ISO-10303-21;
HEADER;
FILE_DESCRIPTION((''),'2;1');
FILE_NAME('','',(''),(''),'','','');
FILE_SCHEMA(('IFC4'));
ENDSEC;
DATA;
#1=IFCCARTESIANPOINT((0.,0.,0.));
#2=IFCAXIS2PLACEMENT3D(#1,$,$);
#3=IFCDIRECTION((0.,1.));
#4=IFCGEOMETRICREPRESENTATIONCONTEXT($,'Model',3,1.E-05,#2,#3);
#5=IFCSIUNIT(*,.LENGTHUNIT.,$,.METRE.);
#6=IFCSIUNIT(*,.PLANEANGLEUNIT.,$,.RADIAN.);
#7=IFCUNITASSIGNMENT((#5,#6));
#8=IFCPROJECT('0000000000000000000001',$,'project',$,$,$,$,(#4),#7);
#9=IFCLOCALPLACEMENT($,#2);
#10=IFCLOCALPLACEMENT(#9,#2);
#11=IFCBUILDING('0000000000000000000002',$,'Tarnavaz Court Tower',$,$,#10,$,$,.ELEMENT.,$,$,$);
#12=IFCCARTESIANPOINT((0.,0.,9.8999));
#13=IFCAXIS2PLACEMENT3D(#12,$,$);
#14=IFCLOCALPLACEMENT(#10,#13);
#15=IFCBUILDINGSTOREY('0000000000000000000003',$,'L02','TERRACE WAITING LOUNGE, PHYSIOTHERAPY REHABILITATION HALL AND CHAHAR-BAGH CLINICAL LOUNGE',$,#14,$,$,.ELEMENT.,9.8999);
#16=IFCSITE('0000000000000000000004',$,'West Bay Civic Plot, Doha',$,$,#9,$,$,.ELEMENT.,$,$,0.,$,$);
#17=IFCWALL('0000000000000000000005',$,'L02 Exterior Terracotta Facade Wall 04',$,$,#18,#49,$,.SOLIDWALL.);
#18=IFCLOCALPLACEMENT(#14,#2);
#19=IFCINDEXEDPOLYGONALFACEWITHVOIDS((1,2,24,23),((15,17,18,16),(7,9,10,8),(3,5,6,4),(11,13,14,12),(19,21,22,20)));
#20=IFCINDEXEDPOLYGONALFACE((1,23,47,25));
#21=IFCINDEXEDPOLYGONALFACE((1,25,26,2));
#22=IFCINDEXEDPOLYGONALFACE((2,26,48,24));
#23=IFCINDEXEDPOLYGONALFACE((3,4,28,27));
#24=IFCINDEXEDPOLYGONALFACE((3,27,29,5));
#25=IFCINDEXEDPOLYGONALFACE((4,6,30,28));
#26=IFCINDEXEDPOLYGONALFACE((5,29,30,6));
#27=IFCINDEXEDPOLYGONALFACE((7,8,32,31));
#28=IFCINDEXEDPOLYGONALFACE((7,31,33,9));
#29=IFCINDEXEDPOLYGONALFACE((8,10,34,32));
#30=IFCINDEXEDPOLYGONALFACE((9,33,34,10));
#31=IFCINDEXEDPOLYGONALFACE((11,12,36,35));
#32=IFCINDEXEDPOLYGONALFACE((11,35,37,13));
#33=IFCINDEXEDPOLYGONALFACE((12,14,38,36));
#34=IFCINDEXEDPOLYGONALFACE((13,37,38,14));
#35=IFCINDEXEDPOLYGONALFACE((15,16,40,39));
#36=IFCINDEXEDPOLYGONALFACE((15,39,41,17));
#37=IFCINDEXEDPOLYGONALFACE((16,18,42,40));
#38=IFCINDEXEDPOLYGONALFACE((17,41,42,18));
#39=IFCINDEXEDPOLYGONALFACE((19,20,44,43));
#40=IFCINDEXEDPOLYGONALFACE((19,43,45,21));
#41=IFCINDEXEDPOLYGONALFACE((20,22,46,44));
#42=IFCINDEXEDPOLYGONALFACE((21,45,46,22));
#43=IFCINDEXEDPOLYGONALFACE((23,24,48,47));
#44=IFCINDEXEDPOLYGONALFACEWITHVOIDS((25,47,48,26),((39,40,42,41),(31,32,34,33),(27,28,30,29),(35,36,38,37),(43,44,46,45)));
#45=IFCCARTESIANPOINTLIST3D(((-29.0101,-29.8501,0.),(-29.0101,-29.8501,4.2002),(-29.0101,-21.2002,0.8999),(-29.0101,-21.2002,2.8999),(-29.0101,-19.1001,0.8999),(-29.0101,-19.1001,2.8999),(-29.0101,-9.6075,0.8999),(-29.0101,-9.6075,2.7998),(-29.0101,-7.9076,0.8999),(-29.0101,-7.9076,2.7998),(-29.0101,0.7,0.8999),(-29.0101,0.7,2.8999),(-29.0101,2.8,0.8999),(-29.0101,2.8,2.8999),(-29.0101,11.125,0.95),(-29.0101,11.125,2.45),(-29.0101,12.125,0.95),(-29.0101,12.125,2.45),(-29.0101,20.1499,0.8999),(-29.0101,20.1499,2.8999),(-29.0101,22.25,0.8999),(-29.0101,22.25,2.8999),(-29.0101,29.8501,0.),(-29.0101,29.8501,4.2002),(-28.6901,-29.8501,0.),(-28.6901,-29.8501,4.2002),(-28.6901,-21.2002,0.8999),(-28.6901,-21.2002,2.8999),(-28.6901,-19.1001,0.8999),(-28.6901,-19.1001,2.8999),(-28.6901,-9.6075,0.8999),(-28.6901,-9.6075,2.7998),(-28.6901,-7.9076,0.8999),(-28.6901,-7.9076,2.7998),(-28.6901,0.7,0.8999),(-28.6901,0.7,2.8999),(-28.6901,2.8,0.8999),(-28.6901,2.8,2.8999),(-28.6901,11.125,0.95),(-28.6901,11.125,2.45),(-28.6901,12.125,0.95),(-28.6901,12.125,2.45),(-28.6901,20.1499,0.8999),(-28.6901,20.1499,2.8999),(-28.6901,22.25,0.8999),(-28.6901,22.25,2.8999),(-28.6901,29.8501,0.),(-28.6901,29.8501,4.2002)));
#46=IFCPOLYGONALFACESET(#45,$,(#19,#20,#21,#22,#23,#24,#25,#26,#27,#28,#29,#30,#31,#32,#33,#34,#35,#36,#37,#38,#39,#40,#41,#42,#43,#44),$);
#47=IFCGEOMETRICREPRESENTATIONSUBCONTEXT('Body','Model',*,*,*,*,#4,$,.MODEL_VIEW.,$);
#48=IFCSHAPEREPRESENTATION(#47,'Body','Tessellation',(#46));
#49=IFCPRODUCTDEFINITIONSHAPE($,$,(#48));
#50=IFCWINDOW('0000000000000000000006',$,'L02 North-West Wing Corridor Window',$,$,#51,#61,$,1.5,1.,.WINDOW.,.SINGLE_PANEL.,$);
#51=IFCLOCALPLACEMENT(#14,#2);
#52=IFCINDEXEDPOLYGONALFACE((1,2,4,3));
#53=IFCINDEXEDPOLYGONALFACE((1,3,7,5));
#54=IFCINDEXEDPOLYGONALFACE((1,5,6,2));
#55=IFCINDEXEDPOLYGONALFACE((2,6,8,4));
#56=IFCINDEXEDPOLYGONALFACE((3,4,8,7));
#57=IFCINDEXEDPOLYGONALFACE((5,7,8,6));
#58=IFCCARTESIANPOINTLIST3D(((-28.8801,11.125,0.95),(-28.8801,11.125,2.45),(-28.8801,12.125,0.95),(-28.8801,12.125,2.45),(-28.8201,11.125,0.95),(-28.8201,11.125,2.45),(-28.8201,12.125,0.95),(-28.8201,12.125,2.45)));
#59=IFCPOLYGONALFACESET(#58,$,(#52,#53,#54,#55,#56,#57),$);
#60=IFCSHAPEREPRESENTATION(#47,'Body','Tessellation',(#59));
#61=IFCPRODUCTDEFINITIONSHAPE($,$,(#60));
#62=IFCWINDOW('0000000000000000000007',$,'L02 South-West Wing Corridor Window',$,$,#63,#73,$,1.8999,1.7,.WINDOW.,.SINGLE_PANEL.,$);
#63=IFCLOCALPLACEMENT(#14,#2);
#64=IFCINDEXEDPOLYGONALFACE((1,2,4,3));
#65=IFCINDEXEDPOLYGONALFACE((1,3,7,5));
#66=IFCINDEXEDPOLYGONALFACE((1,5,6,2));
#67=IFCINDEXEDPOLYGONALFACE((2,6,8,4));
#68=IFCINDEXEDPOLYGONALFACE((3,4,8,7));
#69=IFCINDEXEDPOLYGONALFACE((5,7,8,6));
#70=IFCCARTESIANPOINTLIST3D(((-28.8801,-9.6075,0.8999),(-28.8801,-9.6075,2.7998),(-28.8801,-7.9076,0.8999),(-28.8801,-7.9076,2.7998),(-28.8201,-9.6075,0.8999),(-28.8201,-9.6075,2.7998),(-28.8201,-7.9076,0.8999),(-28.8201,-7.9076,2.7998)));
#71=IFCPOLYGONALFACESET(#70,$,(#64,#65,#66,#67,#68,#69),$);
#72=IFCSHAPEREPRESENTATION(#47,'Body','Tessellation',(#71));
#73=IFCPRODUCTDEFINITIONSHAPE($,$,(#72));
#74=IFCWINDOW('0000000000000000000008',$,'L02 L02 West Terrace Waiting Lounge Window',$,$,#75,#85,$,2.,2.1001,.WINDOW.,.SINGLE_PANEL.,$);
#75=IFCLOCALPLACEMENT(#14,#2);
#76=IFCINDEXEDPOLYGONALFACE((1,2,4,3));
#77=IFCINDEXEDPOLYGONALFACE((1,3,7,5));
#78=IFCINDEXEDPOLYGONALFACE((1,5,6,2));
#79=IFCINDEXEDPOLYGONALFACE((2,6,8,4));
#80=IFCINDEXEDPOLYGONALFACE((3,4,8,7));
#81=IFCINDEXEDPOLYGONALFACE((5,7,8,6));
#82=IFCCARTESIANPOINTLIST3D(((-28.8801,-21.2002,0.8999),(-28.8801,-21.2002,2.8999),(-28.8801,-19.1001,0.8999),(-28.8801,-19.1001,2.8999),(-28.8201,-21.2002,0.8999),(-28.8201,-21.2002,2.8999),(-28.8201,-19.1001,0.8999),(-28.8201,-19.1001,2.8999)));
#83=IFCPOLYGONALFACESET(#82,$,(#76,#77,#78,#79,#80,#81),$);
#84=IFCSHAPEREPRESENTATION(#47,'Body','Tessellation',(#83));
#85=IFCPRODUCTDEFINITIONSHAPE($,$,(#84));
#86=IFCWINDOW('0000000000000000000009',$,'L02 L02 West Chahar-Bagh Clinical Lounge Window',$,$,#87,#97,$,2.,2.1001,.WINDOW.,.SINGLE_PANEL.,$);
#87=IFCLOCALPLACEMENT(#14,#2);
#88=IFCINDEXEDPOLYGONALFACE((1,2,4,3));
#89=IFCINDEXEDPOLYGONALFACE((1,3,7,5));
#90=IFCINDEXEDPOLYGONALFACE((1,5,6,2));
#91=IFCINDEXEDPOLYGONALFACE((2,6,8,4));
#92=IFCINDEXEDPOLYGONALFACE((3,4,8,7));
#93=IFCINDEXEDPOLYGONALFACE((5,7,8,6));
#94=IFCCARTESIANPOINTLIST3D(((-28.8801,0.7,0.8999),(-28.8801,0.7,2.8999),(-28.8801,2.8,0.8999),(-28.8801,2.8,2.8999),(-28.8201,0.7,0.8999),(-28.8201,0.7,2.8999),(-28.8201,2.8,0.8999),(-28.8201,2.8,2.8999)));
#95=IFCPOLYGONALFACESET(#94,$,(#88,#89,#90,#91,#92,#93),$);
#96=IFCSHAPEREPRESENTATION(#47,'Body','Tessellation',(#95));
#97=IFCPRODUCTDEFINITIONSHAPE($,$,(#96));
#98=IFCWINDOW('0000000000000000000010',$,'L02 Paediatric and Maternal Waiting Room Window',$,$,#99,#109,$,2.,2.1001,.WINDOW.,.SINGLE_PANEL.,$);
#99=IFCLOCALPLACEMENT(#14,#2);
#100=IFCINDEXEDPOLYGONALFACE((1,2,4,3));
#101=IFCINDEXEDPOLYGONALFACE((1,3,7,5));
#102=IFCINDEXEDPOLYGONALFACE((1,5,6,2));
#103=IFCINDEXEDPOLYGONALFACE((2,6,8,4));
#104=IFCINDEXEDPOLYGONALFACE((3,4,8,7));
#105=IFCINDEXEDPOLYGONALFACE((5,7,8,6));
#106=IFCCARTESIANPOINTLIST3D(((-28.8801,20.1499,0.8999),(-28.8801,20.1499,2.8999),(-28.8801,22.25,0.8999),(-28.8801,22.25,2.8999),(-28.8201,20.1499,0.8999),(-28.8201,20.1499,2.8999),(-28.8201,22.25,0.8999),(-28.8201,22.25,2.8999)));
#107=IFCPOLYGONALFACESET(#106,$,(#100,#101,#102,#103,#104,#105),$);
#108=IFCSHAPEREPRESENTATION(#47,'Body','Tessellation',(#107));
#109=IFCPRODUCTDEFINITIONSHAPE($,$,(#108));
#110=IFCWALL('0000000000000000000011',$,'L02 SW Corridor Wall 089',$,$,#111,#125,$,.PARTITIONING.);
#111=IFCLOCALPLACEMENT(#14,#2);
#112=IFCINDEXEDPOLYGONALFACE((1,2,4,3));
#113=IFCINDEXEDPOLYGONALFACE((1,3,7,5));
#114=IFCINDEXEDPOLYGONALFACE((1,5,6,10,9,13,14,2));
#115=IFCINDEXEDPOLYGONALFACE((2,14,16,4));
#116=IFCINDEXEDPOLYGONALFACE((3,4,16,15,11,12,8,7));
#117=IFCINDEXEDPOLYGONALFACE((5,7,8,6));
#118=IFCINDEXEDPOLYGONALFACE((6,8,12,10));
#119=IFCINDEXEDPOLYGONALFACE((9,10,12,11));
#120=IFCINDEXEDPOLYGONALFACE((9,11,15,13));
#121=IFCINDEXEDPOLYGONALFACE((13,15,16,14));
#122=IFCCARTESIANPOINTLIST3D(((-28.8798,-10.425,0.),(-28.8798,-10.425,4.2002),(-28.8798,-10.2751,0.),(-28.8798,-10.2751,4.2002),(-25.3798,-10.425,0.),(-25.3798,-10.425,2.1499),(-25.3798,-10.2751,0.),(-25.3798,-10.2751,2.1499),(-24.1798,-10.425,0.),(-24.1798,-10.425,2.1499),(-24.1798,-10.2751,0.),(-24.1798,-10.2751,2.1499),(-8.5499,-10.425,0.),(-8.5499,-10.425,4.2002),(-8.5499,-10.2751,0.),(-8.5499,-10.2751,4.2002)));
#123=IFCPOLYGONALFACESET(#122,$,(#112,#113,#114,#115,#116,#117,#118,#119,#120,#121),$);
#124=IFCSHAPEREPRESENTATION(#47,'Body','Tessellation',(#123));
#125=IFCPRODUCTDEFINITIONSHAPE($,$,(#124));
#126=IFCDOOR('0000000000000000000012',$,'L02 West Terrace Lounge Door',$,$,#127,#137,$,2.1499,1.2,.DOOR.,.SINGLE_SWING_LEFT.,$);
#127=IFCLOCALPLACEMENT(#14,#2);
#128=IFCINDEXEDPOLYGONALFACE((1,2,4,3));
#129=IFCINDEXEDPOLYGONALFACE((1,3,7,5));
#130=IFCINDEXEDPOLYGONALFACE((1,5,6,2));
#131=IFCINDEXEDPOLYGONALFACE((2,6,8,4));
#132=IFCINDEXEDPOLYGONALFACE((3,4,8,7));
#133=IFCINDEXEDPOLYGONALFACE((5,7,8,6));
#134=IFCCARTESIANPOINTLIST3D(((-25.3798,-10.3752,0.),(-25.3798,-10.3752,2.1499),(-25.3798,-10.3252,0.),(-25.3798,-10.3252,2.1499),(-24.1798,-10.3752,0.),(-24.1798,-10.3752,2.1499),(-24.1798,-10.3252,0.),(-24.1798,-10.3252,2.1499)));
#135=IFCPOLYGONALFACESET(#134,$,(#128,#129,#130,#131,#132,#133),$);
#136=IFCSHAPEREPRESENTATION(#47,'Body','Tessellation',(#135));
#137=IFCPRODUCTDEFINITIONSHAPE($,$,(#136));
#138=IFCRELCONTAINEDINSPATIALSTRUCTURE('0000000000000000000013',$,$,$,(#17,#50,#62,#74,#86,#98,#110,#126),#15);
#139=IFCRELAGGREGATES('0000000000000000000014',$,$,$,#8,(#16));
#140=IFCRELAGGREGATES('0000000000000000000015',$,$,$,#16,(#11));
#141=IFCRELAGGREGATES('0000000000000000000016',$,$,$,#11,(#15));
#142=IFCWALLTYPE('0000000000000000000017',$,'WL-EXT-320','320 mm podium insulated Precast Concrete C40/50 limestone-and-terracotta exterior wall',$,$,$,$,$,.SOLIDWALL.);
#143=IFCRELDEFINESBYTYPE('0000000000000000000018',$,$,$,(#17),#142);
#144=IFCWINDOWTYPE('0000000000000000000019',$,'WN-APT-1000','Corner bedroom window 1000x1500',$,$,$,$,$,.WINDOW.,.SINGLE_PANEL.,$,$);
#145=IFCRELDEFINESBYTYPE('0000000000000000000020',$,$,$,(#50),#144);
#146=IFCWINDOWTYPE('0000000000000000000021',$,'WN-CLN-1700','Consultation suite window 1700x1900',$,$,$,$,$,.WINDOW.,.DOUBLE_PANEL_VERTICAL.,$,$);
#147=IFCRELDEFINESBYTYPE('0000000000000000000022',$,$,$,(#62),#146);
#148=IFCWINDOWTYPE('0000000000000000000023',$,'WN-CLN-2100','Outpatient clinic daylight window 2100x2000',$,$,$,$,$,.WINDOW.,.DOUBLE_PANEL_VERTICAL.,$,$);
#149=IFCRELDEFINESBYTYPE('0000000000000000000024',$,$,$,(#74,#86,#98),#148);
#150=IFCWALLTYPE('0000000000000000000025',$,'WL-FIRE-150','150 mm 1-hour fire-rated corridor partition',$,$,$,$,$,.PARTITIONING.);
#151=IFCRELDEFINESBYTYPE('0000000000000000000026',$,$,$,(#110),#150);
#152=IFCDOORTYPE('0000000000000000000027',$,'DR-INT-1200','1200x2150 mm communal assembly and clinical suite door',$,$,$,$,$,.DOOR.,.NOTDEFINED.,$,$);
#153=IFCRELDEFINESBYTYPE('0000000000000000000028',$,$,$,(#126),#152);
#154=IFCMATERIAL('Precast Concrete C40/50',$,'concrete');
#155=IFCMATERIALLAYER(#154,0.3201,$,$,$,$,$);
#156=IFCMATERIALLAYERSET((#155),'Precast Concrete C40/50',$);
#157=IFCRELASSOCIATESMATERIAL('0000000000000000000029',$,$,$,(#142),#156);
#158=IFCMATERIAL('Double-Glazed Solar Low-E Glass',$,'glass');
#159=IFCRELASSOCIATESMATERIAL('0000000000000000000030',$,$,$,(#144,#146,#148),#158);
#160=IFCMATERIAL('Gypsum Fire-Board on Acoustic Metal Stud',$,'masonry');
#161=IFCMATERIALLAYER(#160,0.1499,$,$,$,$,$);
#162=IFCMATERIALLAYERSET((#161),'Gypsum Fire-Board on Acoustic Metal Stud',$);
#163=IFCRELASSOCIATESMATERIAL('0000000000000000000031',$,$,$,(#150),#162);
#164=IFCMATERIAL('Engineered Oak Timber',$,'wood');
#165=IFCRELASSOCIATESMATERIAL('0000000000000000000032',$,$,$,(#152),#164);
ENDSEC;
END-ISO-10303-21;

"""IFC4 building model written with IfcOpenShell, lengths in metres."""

from ifc_helpers import new_model, si_unit, direction, frame, frame_2d, origin, place, context, subcontext, project, spatial, rectangle, extrude, material, layer, layer_set, type_object, element, fill, save


model = new_model("IFC4")

# Units and contexts
model_context = context("Model", 3, precision=1e-05, world=origin(), true_north=direction((0.0, 1.0)))
body_context = subcontext(model_context, "Body", "Model", "MODEL_VIEW")
ifc_project = project(units=[si_unit("LENGTHUNIT", "METRE"), si_unit("PLANEANGLEUNIT", "RADIAN")], contexts=[model_context])

# Site, building, storey
site_placement = place(None, origin())
site = spatial("IfcSite", under=ifc_project, at=site_placement, Name="West Bay Civic Plot, Doha", CompositionType="ELEMENT", RefElevation=0.0)
building_placement = place(site_placement, origin())
building = spatial("IfcBuilding", under=site, at=building_placement, Name="Tarnavaz Court Tower", CompositionType="ELEMENT")
storey_placement = place(building_placement, frame((0.0, 0.0, 9.8999)))
storey = spatial("IfcBuildingStorey", under=building, at=storey_placement, Name="L02", Description="TERRACE WAITING LOUNGE, PHYSIOTHERAPY REHABILITATION HALL AND CHAHAR-BAGH CLINICAL LOUNGE", CompositionType="ELEMENT", Elevation=9.8999)

# Shared definitions
ifc_material_1 = material(Name="Double-Glazed Solar Low-E Glass", Category="glass")

# Wall, openings, windows
ifc_material_2 = material(Name="Precast Concrete C40/50", Category="concrete")
ifc_layer_1 = layer(ifc_material_2, 0.3201)
ifc_layer_set_1 = layer_set([ifc_layer_1], Name="Precast Concrete C40/50")
wall_type_1 = type_object("IfcWallType", Name="WL-EXT-320", Description="320 mm podium insulated Precast Concrete C40/50 limestone-and-terracotta exterior wall", PredefinedType="SOLIDWALL", material=ifc_layer_set_1)
wall_1_placement = place(storey_placement, frame((-28.8501, -29.8501, 0.0), z_axis=(0.0, 0.0, 1.0), x_axis=(0.0, 1.0, 0.0)))
wall_1 = element("IfcWall", 1, at=wall_1_placement, inside=storey, type_object=wall_type_1, Name="L02 Exterior Terracotta Facade Wall 04", PredefinedType="SOLIDWALL", context=body_context, shape_type="SweptSolid", body=[
    extrude(rectangle(XDim=59.7002, YDim=0.3201, at=frame_2d((29.8501, 0.0))), origin(), (0.0, 0.0, 1.0), 4.2002),
])
opening_1_placement = place(wall_1_placement, frame((8.6499, 0.0, 0.8999)))
opening_1 = element("IfcOpeningElement", 2, at=opening_1_placement, cuts=wall_1, PredefinedType="OPENING", context=body_context, shape_type="SweptSolid", body=[
    extrude(rectangle(XDim=2.1001, YDim=2.0, at=frame_2d((1.05, 1.0))), frame((0.0, 0.1699, 0.0), z_axis=(0.0, -1.0, 0.0), x_axis=(1.0, 0.0, 0.0)), (0.0, 0.0, 1.0), 0.3401),
])
opening_2_placement = place(wall_1_placement, frame((20.2424, 0.0, 0.8999)))
opening_2 = element("IfcOpeningElement", 3, at=opening_2_placement, cuts=wall_1, PredefinedType="OPENING", context=body_context, shape_type="SweptSolid", body=[
    extrude(rectangle(XDim=1.7, YDim=1.8999, at=frame_2d((0.8501, 0.95))), frame((0.0, 0.1699, 0.0), z_axis=(0.0, -1.0, 0.0), x_axis=(1.0, 0.0, 0.0)), (0.0, 0.0, 1.0), 0.3401),
])
opening_3_placement = place(wall_1_placement, frame((30.55, 0.0, 0.8999)))
opening_3 = element("IfcOpeningElement", 4, at=opening_3_placement, cuts=wall_1, PredefinedType="OPENING", context=body_context, shape_type="SweptSolid", body=[
    extrude(rectangle(XDim=2.1001, YDim=2.0, at=frame_2d((1.05, 1.0))), frame((0.0, 0.1699, 0.0), z_axis=(0.0, -1.0, 0.0), x_axis=(1.0, 0.0, 0.0)), (0.0, 0.0, 1.0), 0.3401),
])
opening_4_placement = place(wall_1_placement, frame((40.9751, 0.0, 0.95)))
opening_4 = element("IfcOpeningElement", 5, at=opening_4_placement, cuts=wall_1, PredefinedType="OPENING", context=body_context, shape_type="SweptSolid", body=[
    extrude(rectangle(XDim=1.0, YDim=1.5, at=frame_2d((0.5, 0.75))), frame((0.0, 0.1699, 0.0), z_axis=(0.0, -1.0, 0.0), x_axis=(1.0, 0.0, 0.0)), (0.0, 0.0, 1.0), 0.3401),
])
opening_5_placement = place(wall_1_placement, frame((50.0, 0.0, 0.8999)))
opening_5 = element("IfcOpeningElement", 6, at=opening_5_placement, cuts=wall_1, PredefinedType="OPENING", context=body_context, shape_type="SweptSolid", body=[
    extrude(rectangle(XDim=2.1001, YDim=2.0, at=frame_2d((1.05, 1.0))), frame((0.0, 0.1699, 0.0), z_axis=(0.0, -1.0, 0.0), x_axis=(1.0, 0.0, 0.0)), (0.0, 0.0, 1.0), 0.3401),
])
window_type_1 = type_object("IfcWindowType", Name="WN-APT-1000", Description="Corner bedroom window 1000x1500", PartitioningType="SINGLE_PANEL", PredefinedType="WINDOW", material=ifc_material_1)
window_1_placement = place(opening_4_placement, origin())
window_1 = element("IfcWindow", 7, at=window_1_placement, inside=storey, type_object=window_type_1, Name="L02 North-West Wing Corridor Window", OverallHeight=1.5, OverallWidth=1.0, PartitioningType="SINGLE_PANEL", PredefinedType="WINDOW", context=body_context, shape_type="SweptSolid", body=[
    extrude(rectangle(XDim=1.0, YDim=1.5, at=frame_2d((0.5, 0.75))), frame((0.0, 0.03, 0.0), z_axis=(0.0, -1.0, 0.0), x_axis=(1.0, 0.0, 0.0)), (0.0, 0.0, 1.0), 0.0601),
])
fill(opening_4, window_1)
window_type_2 = type_object("IfcWindowType", Name="WN-CLN-1700", Description="Consultation suite window 1700x1900", PartitioningType="DOUBLE_PANEL_VERTICAL", PredefinedType="WINDOW", material=ifc_material_1)
window_2_placement = place(opening_2_placement, origin())
window_2 = element("IfcWindow", 8, at=window_2_placement, inside=storey, type_object=window_type_2, Name="L02 South-West Wing Corridor Window", OverallHeight=1.8999, OverallWidth=1.7, PartitioningType="SINGLE_PANEL", PredefinedType="WINDOW", context=body_context, shape_type="SweptSolid", body=[
    extrude(rectangle(XDim=1.7, YDim=1.8999, at=frame_2d((0.8501, 0.95))), frame((0.0, 0.03, 0.0), z_axis=(0.0, -1.0, 0.0), x_axis=(1.0, 0.0, 0.0)), (0.0, 0.0, 1.0), 0.0601),
])
fill(opening_2, window_2)
window_type_3 = type_object("IfcWindowType", Name="WN-CLN-2100", Description="Outpatient clinic daylight window 2100x2000", PartitioningType="DOUBLE_PANEL_VERTICAL", PredefinedType="WINDOW", material=ifc_material_1)
window_3_placement = place(opening_1_placement, origin())
window_3 = element("IfcWindow", 9, at=window_3_placement, inside=storey, type_object=window_type_3, Name="L02 L02 West Terrace Waiting Lounge Window", OverallHeight=2.0, OverallWidth=2.1001, PartitioningType="SINGLE_PANEL", PredefinedType="WINDOW", context=body_context, shape_type="SweptSolid", body=[
    extrude(rectangle(XDim=2.1001, YDim=2.0, at=frame_2d((1.05, 1.0))), frame((0.0, 0.03, 0.0), z_axis=(0.0, -1.0, 0.0), x_axis=(1.0, 0.0, 0.0)), (0.0, 0.0, 1.0), 0.0601),
])
fill(opening_1, window_3)
window_4_placement = place(opening_3_placement, origin())
window_4 = element("IfcWindow", 10, at=window_4_placement, inside=storey, type_object=window_type_3, Name="L02 L02 West Chahar-Bagh Clinical Lounge Window", OverallHeight=2.0, OverallWidth=2.1001, PartitioningType="SINGLE_PANEL", PredefinedType="WINDOW", context=body_context, shape_type="SweptSolid", body=[
    extrude(rectangle(XDim=2.1001, YDim=2.0, at=frame_2d((1.05, 1.0))), frame((0.0, 0.03, 0.0), z_axis=(0.0, -1.0, 0.0), x_axis=(1.0, 0.0, 0.0)), (0.0, 0.0, 1.0), 0.0601),
])
fill(opening_3, window_4)
window_5_placement = place(opening_5_placement, origin())
window_5 = element("IfcWindow", 11, at=window_5_placement, inside=storey, type_object=window_type_3, Name="L02 Paediatric and Maternal Waiting Room Window", OverallHeight=2.0, OverallWidth=2.1001, PartitioningType="SINGLE_PANEL", PredefinedType="WINDOW", context=body_context, shape_type="SweptSolid", body=[
    extrude(rectangle(XDim=2.1001, YDim=2.0, at=frame_2d((1.05, 1.0))), frame((0.0, 0.03, 0.0), z_axis=(0.0, -1.0, 0.0), x_axis=(1.0, 0.0, 0.0)), (0.0, 0.0, 1.0), 0.0601),
])
fill(opening_5, window_5)

# Wall, opening, door
ifc_material_3 = material(Name="Gypsum Fire-Board on Acoustic Metal Stud", Category="masonry")
ifc_layer_2 = layer(ifc_material_3, 0.1499)
ifc_layer_set_2 = layer_set([ifc_layer_2], Name="Gypsum Fire-Board on Acoustic Metal Stud")
wall_type_2 = type_object("IfcWallType", Name="WL-FIRE-150", Description="150 mm 1-hour fire-rated corridor partition", PredefinedType="PARTITIONING", material=ifc_layer_set_2)
wall_2_placement = place(storey_placement, frame((-28.8799, -10.3501, 0.0), z_axis=(0.0, 0.0, 1.0), x_axis=(1.0, 0.0, 0.0)))
wall_2 = element("IfcWall", 12, at=wall_2_placement, inside=storey, type_object=wall_type_2, Name="L02 SW Corridor Wall 089", PredefinedType="PARTITIONING", context=body_context, shape_type="SweptSolid", body=[
    extrude(rectangle(XDim=20.3298, YDim=0.1499, at=frame_2d((10.165, 0.0))), origin(), (0.0, 0.0, 1.0), 4.2002),
])
opening_6_placement = place(wall_2_placement, frame((3.5, 0.0, 0.0)))
opening_6 = element("IfcOpeningElement", 13, at=opening_6_placement, cuts=wall_2, PredefinedType="OPENING", context=body_context, shape_type="SweptSolid", body=[
    extrude(rectangle(XDim=1.2, YDim=2.1499, at=frame_2d((0.6001, 1.075))), frame((0.0, 0.085, 0.0), z_axis=(0.0, -1.0, 0.0), x_axis=(1.0, 0.0, 0.0)), (0.0, 0.0, 1.0), 0.1699),
])
ifc_material_4 = material(Name="Engineered Oak Timber", Category="wood")
door_type = type_object("IfcDoorType", Name="DR-INT-1200", Description="1200x2150 mm communal assembly and clinical suite door", OperationType="NOTDEFINED", PredefinedType="DOOR", material=ifc_material_4)
door_placement = place(opening_6_placement, origin())
door = element("IfcDoor", 14, at=door_placement, inside=storey, type_object=door_type, Name="L02 West Terrace Lounge Door", OperationType="SINGLE_SWING_LEFT", OverallHeight=2.1499, OverallWidth=1.2, PredefinedType="DOOR", context=body_context, shape_type="SweptSolid", body=[
    extrude(rectangle(XDim=1.2, YDim=2.1499, at=frame_2d((0.6001, 1.075))), frame((0.0, 0.0249, 0.0), z_axis=(0.0, -1.0, 0.0), x_axis=(1.0, 0.0, 0.0)), (0.0, 0.0, 1.0), 0.05),
])
fill(opening_6, door)

save(model, "model.ifc")
